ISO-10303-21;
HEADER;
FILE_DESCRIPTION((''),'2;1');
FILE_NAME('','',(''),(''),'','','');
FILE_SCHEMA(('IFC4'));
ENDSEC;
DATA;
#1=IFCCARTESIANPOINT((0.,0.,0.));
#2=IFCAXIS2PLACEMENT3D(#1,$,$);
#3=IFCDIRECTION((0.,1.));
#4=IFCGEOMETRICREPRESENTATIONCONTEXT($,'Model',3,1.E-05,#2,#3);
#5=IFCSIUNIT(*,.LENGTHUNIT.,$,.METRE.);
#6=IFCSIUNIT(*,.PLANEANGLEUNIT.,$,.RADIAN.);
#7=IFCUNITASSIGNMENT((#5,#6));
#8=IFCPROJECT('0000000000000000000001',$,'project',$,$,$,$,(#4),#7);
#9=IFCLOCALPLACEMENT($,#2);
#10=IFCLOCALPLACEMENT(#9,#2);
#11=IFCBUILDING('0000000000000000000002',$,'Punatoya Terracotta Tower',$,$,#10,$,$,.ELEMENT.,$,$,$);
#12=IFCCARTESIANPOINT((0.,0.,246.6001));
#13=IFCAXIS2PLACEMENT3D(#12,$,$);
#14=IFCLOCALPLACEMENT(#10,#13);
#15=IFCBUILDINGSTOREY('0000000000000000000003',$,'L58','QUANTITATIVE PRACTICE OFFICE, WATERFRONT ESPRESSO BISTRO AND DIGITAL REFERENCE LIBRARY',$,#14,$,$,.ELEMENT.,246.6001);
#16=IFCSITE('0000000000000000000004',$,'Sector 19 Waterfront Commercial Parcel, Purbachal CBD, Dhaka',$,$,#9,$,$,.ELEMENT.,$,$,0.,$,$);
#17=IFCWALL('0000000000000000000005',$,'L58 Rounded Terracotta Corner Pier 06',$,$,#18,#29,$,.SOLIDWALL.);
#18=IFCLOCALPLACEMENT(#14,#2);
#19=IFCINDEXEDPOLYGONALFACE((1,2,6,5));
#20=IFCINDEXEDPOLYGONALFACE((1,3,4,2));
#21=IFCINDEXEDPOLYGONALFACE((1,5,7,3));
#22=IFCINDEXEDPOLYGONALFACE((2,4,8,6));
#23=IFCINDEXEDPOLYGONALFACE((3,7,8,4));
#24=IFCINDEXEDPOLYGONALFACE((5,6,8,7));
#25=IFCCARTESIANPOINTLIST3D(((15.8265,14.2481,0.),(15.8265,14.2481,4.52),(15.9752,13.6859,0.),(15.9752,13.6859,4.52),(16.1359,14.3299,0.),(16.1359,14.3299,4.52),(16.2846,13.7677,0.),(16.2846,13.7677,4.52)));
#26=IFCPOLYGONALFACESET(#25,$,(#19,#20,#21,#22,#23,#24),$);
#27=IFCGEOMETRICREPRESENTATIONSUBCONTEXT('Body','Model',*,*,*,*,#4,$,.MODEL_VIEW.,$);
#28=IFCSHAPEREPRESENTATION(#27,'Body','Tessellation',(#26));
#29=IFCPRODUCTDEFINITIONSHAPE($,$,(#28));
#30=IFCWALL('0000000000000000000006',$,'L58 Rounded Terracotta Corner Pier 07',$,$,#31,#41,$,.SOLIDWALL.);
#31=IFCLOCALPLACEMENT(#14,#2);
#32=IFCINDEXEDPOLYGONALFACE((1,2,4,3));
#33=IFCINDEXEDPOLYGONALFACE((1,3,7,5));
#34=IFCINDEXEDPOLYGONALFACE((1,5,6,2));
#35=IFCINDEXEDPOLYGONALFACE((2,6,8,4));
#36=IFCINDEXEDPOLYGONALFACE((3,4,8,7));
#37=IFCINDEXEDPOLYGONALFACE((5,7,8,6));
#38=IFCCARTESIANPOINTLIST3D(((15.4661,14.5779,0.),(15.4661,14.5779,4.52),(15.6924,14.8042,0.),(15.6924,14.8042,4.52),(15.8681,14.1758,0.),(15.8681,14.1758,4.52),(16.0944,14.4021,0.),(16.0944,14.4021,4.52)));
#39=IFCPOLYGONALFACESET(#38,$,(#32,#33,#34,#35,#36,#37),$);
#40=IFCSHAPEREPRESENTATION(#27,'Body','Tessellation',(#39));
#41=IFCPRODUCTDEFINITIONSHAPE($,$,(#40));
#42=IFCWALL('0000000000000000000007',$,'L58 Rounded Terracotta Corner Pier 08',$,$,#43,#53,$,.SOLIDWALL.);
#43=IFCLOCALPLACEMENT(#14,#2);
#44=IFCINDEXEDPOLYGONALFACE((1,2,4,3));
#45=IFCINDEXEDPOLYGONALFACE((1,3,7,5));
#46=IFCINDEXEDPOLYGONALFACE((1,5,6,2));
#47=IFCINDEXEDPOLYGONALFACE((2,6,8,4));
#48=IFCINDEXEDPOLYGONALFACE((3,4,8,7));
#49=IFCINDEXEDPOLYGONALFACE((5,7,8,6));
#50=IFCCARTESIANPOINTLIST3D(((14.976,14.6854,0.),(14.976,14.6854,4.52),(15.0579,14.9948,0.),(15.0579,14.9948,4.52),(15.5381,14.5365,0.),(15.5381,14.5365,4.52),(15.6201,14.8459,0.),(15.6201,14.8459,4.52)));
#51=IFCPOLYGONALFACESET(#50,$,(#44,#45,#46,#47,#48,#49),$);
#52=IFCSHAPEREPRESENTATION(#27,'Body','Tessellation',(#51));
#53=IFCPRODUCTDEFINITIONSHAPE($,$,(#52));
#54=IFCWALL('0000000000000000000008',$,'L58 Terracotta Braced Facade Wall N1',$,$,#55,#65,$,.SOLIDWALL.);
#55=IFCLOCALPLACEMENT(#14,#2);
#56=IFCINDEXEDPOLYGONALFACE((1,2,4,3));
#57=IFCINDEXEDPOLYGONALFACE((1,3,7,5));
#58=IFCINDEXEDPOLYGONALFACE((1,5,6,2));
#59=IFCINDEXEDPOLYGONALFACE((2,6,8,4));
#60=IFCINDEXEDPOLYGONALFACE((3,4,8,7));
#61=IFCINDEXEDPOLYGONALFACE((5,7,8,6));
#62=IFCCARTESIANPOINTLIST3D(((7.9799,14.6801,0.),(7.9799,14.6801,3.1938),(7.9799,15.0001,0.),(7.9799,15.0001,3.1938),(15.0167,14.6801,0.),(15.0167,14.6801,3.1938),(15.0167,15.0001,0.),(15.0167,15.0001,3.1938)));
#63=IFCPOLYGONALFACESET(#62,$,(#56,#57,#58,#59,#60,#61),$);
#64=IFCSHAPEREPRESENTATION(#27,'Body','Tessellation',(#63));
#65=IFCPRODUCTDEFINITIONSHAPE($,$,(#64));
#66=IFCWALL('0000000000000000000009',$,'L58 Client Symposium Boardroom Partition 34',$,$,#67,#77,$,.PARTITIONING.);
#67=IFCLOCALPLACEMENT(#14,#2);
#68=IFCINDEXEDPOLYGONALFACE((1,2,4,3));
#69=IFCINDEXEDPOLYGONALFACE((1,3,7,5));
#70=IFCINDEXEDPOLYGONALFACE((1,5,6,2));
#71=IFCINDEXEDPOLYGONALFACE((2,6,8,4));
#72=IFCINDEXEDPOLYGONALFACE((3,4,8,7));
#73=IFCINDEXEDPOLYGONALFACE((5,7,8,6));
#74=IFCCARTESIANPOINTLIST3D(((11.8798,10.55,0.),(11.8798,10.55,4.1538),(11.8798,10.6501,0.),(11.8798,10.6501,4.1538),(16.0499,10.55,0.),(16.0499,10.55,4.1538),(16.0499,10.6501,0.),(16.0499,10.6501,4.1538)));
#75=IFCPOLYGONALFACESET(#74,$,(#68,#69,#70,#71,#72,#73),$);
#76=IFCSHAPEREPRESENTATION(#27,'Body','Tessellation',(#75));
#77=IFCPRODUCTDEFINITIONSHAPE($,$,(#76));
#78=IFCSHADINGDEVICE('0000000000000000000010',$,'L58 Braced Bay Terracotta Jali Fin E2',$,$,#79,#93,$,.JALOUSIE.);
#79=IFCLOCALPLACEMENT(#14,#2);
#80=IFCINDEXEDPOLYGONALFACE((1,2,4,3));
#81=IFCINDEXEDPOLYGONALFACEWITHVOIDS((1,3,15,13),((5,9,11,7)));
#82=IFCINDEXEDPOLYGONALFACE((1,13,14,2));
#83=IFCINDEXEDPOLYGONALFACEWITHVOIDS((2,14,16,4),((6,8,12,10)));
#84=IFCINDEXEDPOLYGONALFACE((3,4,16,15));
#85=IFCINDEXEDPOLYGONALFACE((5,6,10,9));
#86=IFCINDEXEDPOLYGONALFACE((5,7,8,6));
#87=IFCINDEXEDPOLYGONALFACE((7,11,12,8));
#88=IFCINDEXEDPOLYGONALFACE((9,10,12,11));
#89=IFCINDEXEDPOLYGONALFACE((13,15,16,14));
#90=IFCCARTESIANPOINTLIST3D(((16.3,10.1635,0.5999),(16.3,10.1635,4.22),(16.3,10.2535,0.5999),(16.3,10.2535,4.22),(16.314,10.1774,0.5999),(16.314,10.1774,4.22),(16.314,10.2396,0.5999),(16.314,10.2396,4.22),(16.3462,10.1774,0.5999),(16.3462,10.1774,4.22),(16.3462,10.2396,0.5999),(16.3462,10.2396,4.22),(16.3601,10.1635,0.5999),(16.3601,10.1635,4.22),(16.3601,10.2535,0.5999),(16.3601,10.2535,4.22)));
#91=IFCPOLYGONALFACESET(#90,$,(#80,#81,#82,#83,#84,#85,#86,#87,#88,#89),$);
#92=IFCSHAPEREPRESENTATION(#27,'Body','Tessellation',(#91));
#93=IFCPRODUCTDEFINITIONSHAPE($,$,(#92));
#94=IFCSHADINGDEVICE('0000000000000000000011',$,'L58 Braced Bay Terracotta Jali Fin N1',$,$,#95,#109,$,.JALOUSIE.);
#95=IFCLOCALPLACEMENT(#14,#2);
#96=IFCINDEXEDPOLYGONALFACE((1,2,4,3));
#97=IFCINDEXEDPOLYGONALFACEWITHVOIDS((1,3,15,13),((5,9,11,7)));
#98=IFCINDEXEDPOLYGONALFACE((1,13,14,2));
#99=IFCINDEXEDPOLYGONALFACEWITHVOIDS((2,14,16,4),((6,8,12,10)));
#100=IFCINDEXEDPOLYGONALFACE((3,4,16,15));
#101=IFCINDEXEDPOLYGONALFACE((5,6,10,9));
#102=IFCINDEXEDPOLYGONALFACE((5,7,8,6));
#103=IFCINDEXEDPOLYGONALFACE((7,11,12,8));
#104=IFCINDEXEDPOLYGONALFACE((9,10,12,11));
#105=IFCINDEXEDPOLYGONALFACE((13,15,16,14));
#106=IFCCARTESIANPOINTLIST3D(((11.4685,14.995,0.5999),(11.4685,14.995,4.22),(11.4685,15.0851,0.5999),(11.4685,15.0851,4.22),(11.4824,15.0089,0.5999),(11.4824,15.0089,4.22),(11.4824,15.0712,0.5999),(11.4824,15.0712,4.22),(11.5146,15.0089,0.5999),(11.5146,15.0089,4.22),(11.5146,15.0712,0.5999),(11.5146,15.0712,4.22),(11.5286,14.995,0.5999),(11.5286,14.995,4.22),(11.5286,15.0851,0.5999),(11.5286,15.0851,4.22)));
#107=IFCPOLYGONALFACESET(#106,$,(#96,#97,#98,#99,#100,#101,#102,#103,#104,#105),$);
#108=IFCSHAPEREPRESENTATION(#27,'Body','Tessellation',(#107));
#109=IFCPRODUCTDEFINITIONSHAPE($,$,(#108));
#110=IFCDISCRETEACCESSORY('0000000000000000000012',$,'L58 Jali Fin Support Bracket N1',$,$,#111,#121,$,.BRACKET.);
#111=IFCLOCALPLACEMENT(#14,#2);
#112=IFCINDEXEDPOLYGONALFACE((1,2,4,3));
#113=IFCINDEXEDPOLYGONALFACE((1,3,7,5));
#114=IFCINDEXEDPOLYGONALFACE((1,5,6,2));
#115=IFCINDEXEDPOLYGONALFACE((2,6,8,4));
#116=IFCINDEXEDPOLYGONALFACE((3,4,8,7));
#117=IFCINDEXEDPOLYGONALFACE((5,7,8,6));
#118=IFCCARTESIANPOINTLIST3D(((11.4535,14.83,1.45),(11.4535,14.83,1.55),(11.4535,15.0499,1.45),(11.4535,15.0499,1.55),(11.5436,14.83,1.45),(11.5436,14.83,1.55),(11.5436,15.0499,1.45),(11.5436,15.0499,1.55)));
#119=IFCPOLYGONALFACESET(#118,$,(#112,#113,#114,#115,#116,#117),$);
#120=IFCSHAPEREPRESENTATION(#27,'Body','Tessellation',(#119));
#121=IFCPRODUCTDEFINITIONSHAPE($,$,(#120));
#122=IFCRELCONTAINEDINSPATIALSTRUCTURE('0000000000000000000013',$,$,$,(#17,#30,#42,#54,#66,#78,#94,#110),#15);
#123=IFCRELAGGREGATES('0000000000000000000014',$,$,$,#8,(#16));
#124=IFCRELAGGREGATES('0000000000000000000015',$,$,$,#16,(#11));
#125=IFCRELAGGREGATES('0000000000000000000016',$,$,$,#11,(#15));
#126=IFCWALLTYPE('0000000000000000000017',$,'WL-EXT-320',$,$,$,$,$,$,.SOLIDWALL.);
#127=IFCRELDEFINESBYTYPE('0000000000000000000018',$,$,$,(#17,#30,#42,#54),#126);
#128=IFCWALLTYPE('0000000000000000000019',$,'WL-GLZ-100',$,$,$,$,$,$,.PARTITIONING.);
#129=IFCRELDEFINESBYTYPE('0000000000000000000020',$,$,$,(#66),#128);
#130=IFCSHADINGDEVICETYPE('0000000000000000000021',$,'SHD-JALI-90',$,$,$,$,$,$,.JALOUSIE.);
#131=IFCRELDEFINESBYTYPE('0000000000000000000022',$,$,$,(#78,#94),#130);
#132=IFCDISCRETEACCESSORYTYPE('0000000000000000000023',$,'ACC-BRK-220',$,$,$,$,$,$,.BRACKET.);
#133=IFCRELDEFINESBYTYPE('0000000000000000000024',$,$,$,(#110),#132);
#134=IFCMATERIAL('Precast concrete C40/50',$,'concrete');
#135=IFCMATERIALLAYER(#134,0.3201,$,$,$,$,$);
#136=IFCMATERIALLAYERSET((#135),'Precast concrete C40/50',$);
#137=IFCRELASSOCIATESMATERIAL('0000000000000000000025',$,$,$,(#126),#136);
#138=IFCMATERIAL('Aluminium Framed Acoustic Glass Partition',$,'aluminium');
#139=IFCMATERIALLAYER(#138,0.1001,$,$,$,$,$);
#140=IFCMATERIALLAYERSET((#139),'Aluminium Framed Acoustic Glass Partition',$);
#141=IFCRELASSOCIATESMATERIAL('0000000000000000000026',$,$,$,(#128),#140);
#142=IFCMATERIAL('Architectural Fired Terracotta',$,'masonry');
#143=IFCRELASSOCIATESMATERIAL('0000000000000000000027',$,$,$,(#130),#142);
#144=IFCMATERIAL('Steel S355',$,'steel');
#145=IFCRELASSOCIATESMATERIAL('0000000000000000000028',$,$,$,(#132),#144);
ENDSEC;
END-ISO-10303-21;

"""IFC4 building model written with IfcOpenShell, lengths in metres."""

from ifc_helpers import new_model, si_unit, direction, frame, frame_2d, origin, origin_2d, place, context, subcontext, project, spatial, rectangle, hollow_rectangle, extrude, material, layer, layer_set, material_profile, profile_set, type_object, element, save


model = new_model("IFC4")

# Units and contexts
model_context = context("Model", 3, precision=1e-05, world=origin(), true_north=direction((0.0, 1.0)))
body_context = subcontext(model_context, "Body", "Model", "MODEL_VIEW")
ifc_project = project(units=[si_unit("LENGTHUNIT", "METRE"), si_unit("PLANEANGLEUNIT", "RADIAN")], contexts=[model_context])

# Site, building, storey
site_placement = place(None, origin())
site = spatial("IfcSite", under=ifc_project, at=site_placement, Name="Sector 19 Waterfront Commercial Parcel, Purbachal CBD, Dhaka", CompositionType="ELEMENT", RefElevation=0.0)
building_placement = place(site_placement, origin())
building = spatial("IfcBuilding", under=site, at=building_placement, Name="Punatoya Terracotta Tower", CompositionType="ELEMENT")
storey_placement = place(building_placement, frame((0.0, 0.0, 246.6001)))
storey = spatial("IfcBuildingStorey", under=building, at=storey_placement, Name="L58", Description="QUANTITATIVE PRACTICE OFFICE, WATERFRONT ESPRESSO BISTRO AND DIGITAL REFERENCE LIBRARY", CompositionType="ELEMENT", Elevation=246.6001)

# Walls
ifc_material_1 = material(Name="Precast concrete C40/50", Category="concrete")
ifc_layer_1 = layer(ifc_material_1, 0.3201)
ifc_layer_set_1 = layer_set([ifc_layer_1], Name="Precast concrete C40/50")
wall_type_1 = type_object("IfcWallType", Name="WL-EXT-320", PredefinedType="SOLIDWALL", material=ifc_layer_set_1)
wall_1_placement = place(storey_placement, frame((16.1299, 13.7268, 0.0), z_axis=(0.0, 0.0, 1.0), x_axis=(-0.25565, 0.966769, 0.0)))
element("IfcWall", 1, at=wall_1_placement, inside=storey, type_object=wall_type_1, Name="L58 Rounded Terracotta Corner Pier 06", PredefinedType="SOLIDWALL", context=body_context, shape_type="SweptSolid", body=[
    extrude(rectangle(XDim=0.5815, YDim=0.3201, at=frame_2d((0.2908, 0.0))), origin(), (0.0, 0.0, 1.0), 4.52),
])
wall_2_placement = place(storey_placement, frame((15.9812, 14.2891, 0.0), z_axis=(0.0, 0.0, 1.0), x_axis=(-0.707107, 0.707107, 0.0)))
element("IfcWall", 2, at=wall_2_placement, inside=storey, type_object=wall_type_1, Name="L58 Rounded Terracotta Corner Pier 07", PredefinedType="SOLIDWALL", context=body_context, shape_type="SweptSolid", body=[
    extrude(rectangle(XDim=0.5686, YDim=0.3201, at=frame_2d((0.2842, 0.0))), origin(), (0.0, 0.0, 1.0), 4.52),
])
wall_3_placement = place(storey_placement, frame((15.5791, 14.6912, 0.0), z_axis=(0.0, 0.0, 1.0), x_axis=(-0.966666, 0.256043, 0.0)))
element("IfcWall", 3, at=wall_3_placement, inside=storey, type_object=wall_type_1, Name="L58 Rounded Terracotta Corner Pier 08", PredefinedType="SOLIDWALL", context=body_context, shape_type="SweptSolid", body=[
    extrude(rectangle(XDim=0.5815, YDim=0.3201, at=frame_2d((0.2908, 0.0))), origin(), (0.0, 0.0, 1.0), 4.52),
])
wall_4_placement = place(storey_placement, frame((15.0168, 14.8401, 0.0), z_axis=(0.0, 0.0, 1.0), x_axis=(-1.0, 0.0, 0.0)))
element("IfcWall", 4, at=wall_4_placement, inside=storey, type_object=wall_type_1, Name="L58 Terracotta Braced Facade Wall N1", PredefinedType="SOLIDWALL", context=body_context, shape_type="SweptSolid", body=[
    extrude(rectangle(XDim=7.0369, YDim=0.3201, at=frame_2d((3.5186, 0.0))), origin(), (0.0, 0.0, 1.0), 3.1938),
])
ifc_material_2 = material(Name="Aluminium Framed Acoustic Glass Partition", Category="aluminium")
ifc_layer_2 = layer(ifc_material_2, 0.1001)
ifc_layer_set_2 = layer_set([ifc_layer_2], Name="Aluminium Framed Acoustic Glass Partition")
wall_type_2 = type_object("IfcWallType", Name="WL-GLZ-100", PredefinedType="PARTITIONING", material=ifc_layer_set_2)
wall_5_placement = place(storey_placement, frame((11.8799, 10.6001, 0.0), z_axis=(0.0, 0.0, 1.0), x_axis=(1.0, 0.0, 0.0)))
element("IfcWall", 5, at=wall_5_placement, inside=storey, type_object=wall_type_2, Name="L58 Client Symposium Boardroom Partition 34", PredefinedType="PARTITIONING", context=body_context, shape_type="SweptSolid", body=[
    extrude(rectangle(XDim=4.1702, YDim=0.1001, at=frame_2d((2.085, 0.0))), origin(), (0.0, 0.0, 1.0), 4.1538),
])

# Shading devices
ifc_material_3 = material(Name="Architectural Fired Terracotta", Category="masonry")
ifc_material_profile_1 = material_profile(ifc_material_3, hollow_rectangle(XDim=0.0601, YDim=0.0901, WallThickness=0.0139, at=origin_2d()))
ifc_profile_set_1 = profile_set([ifc_material_profile_1], Name="Architectural Fired Terracotta")
shading_device_type = type_object("IfcShadingDeviceType", Name="SHD-JALI-90", PredefinedType="JALOUSIE", material=ifc_profile_set_1)
for number, where, z_axis, x_axis, name in (
    (6, (16.3301, 10.2085, 0.5999), (0.0, 0.0, 1.0), (1.0, 0.0, 0.0), "L58 Braced Bay Terracotta Jali Fin E2"),
    (7, (11.4985, 15.04, 0.5999), (0.0, 0.0, 1.0), (1.0, 0.0, 0.0), "L58 Braced Bay Terracotta Jali Fin N1"),
):
    element("IfcShadingDevice", number, at=place(storey_placement, frame(where, z_axis=z_axis, x_axis=x_axis)), inside=storey, type_object=shading_device_type, Name=name, PredefinedType="JALOUSIE", context=body_context, shape_type="SweptSolid", body=[
        extrude(hollow_rectangle(XDim=0.0601, YDim=0.0901, WallThickness=0.0139, at=origin_2d()), origin(), (0.0, 0.0, 1.0), 3.6201),
    ])

# Discrete accessory
ifc_material_4 = material(Name="Steel S355", Category="steel")
discrete_accessory_type = type_object("IfcDiscreteAccessoryType", Name="ACC-BRK-220", PredefinedType="BRACKET", material=ifc_material_4)
discrete_accessory_placement = place(storey_placement, frame((11.4985, 14.9399, 1.45), z_axis=(0.0, 0.0, 1.0), x_axis=(-1.0, 0.0, 0.0)))
element("IfcDiscreteAccessory", 8, at=discrete_accessory_placement, inside=storey, type_object=discrete_accessory_type, Name="L58 Jali Fin Support Bracket N1", PredefinedType="BRACKET", context=body_context, shape_type="SweptSolid", body=[
    extrude(rectangle(XDim=0.0901, YDim=0.22, at=origin_2d()), origin(), (0.0, 0.0, 1.0), 0.1001),
])

save(model, "model.ifc")
